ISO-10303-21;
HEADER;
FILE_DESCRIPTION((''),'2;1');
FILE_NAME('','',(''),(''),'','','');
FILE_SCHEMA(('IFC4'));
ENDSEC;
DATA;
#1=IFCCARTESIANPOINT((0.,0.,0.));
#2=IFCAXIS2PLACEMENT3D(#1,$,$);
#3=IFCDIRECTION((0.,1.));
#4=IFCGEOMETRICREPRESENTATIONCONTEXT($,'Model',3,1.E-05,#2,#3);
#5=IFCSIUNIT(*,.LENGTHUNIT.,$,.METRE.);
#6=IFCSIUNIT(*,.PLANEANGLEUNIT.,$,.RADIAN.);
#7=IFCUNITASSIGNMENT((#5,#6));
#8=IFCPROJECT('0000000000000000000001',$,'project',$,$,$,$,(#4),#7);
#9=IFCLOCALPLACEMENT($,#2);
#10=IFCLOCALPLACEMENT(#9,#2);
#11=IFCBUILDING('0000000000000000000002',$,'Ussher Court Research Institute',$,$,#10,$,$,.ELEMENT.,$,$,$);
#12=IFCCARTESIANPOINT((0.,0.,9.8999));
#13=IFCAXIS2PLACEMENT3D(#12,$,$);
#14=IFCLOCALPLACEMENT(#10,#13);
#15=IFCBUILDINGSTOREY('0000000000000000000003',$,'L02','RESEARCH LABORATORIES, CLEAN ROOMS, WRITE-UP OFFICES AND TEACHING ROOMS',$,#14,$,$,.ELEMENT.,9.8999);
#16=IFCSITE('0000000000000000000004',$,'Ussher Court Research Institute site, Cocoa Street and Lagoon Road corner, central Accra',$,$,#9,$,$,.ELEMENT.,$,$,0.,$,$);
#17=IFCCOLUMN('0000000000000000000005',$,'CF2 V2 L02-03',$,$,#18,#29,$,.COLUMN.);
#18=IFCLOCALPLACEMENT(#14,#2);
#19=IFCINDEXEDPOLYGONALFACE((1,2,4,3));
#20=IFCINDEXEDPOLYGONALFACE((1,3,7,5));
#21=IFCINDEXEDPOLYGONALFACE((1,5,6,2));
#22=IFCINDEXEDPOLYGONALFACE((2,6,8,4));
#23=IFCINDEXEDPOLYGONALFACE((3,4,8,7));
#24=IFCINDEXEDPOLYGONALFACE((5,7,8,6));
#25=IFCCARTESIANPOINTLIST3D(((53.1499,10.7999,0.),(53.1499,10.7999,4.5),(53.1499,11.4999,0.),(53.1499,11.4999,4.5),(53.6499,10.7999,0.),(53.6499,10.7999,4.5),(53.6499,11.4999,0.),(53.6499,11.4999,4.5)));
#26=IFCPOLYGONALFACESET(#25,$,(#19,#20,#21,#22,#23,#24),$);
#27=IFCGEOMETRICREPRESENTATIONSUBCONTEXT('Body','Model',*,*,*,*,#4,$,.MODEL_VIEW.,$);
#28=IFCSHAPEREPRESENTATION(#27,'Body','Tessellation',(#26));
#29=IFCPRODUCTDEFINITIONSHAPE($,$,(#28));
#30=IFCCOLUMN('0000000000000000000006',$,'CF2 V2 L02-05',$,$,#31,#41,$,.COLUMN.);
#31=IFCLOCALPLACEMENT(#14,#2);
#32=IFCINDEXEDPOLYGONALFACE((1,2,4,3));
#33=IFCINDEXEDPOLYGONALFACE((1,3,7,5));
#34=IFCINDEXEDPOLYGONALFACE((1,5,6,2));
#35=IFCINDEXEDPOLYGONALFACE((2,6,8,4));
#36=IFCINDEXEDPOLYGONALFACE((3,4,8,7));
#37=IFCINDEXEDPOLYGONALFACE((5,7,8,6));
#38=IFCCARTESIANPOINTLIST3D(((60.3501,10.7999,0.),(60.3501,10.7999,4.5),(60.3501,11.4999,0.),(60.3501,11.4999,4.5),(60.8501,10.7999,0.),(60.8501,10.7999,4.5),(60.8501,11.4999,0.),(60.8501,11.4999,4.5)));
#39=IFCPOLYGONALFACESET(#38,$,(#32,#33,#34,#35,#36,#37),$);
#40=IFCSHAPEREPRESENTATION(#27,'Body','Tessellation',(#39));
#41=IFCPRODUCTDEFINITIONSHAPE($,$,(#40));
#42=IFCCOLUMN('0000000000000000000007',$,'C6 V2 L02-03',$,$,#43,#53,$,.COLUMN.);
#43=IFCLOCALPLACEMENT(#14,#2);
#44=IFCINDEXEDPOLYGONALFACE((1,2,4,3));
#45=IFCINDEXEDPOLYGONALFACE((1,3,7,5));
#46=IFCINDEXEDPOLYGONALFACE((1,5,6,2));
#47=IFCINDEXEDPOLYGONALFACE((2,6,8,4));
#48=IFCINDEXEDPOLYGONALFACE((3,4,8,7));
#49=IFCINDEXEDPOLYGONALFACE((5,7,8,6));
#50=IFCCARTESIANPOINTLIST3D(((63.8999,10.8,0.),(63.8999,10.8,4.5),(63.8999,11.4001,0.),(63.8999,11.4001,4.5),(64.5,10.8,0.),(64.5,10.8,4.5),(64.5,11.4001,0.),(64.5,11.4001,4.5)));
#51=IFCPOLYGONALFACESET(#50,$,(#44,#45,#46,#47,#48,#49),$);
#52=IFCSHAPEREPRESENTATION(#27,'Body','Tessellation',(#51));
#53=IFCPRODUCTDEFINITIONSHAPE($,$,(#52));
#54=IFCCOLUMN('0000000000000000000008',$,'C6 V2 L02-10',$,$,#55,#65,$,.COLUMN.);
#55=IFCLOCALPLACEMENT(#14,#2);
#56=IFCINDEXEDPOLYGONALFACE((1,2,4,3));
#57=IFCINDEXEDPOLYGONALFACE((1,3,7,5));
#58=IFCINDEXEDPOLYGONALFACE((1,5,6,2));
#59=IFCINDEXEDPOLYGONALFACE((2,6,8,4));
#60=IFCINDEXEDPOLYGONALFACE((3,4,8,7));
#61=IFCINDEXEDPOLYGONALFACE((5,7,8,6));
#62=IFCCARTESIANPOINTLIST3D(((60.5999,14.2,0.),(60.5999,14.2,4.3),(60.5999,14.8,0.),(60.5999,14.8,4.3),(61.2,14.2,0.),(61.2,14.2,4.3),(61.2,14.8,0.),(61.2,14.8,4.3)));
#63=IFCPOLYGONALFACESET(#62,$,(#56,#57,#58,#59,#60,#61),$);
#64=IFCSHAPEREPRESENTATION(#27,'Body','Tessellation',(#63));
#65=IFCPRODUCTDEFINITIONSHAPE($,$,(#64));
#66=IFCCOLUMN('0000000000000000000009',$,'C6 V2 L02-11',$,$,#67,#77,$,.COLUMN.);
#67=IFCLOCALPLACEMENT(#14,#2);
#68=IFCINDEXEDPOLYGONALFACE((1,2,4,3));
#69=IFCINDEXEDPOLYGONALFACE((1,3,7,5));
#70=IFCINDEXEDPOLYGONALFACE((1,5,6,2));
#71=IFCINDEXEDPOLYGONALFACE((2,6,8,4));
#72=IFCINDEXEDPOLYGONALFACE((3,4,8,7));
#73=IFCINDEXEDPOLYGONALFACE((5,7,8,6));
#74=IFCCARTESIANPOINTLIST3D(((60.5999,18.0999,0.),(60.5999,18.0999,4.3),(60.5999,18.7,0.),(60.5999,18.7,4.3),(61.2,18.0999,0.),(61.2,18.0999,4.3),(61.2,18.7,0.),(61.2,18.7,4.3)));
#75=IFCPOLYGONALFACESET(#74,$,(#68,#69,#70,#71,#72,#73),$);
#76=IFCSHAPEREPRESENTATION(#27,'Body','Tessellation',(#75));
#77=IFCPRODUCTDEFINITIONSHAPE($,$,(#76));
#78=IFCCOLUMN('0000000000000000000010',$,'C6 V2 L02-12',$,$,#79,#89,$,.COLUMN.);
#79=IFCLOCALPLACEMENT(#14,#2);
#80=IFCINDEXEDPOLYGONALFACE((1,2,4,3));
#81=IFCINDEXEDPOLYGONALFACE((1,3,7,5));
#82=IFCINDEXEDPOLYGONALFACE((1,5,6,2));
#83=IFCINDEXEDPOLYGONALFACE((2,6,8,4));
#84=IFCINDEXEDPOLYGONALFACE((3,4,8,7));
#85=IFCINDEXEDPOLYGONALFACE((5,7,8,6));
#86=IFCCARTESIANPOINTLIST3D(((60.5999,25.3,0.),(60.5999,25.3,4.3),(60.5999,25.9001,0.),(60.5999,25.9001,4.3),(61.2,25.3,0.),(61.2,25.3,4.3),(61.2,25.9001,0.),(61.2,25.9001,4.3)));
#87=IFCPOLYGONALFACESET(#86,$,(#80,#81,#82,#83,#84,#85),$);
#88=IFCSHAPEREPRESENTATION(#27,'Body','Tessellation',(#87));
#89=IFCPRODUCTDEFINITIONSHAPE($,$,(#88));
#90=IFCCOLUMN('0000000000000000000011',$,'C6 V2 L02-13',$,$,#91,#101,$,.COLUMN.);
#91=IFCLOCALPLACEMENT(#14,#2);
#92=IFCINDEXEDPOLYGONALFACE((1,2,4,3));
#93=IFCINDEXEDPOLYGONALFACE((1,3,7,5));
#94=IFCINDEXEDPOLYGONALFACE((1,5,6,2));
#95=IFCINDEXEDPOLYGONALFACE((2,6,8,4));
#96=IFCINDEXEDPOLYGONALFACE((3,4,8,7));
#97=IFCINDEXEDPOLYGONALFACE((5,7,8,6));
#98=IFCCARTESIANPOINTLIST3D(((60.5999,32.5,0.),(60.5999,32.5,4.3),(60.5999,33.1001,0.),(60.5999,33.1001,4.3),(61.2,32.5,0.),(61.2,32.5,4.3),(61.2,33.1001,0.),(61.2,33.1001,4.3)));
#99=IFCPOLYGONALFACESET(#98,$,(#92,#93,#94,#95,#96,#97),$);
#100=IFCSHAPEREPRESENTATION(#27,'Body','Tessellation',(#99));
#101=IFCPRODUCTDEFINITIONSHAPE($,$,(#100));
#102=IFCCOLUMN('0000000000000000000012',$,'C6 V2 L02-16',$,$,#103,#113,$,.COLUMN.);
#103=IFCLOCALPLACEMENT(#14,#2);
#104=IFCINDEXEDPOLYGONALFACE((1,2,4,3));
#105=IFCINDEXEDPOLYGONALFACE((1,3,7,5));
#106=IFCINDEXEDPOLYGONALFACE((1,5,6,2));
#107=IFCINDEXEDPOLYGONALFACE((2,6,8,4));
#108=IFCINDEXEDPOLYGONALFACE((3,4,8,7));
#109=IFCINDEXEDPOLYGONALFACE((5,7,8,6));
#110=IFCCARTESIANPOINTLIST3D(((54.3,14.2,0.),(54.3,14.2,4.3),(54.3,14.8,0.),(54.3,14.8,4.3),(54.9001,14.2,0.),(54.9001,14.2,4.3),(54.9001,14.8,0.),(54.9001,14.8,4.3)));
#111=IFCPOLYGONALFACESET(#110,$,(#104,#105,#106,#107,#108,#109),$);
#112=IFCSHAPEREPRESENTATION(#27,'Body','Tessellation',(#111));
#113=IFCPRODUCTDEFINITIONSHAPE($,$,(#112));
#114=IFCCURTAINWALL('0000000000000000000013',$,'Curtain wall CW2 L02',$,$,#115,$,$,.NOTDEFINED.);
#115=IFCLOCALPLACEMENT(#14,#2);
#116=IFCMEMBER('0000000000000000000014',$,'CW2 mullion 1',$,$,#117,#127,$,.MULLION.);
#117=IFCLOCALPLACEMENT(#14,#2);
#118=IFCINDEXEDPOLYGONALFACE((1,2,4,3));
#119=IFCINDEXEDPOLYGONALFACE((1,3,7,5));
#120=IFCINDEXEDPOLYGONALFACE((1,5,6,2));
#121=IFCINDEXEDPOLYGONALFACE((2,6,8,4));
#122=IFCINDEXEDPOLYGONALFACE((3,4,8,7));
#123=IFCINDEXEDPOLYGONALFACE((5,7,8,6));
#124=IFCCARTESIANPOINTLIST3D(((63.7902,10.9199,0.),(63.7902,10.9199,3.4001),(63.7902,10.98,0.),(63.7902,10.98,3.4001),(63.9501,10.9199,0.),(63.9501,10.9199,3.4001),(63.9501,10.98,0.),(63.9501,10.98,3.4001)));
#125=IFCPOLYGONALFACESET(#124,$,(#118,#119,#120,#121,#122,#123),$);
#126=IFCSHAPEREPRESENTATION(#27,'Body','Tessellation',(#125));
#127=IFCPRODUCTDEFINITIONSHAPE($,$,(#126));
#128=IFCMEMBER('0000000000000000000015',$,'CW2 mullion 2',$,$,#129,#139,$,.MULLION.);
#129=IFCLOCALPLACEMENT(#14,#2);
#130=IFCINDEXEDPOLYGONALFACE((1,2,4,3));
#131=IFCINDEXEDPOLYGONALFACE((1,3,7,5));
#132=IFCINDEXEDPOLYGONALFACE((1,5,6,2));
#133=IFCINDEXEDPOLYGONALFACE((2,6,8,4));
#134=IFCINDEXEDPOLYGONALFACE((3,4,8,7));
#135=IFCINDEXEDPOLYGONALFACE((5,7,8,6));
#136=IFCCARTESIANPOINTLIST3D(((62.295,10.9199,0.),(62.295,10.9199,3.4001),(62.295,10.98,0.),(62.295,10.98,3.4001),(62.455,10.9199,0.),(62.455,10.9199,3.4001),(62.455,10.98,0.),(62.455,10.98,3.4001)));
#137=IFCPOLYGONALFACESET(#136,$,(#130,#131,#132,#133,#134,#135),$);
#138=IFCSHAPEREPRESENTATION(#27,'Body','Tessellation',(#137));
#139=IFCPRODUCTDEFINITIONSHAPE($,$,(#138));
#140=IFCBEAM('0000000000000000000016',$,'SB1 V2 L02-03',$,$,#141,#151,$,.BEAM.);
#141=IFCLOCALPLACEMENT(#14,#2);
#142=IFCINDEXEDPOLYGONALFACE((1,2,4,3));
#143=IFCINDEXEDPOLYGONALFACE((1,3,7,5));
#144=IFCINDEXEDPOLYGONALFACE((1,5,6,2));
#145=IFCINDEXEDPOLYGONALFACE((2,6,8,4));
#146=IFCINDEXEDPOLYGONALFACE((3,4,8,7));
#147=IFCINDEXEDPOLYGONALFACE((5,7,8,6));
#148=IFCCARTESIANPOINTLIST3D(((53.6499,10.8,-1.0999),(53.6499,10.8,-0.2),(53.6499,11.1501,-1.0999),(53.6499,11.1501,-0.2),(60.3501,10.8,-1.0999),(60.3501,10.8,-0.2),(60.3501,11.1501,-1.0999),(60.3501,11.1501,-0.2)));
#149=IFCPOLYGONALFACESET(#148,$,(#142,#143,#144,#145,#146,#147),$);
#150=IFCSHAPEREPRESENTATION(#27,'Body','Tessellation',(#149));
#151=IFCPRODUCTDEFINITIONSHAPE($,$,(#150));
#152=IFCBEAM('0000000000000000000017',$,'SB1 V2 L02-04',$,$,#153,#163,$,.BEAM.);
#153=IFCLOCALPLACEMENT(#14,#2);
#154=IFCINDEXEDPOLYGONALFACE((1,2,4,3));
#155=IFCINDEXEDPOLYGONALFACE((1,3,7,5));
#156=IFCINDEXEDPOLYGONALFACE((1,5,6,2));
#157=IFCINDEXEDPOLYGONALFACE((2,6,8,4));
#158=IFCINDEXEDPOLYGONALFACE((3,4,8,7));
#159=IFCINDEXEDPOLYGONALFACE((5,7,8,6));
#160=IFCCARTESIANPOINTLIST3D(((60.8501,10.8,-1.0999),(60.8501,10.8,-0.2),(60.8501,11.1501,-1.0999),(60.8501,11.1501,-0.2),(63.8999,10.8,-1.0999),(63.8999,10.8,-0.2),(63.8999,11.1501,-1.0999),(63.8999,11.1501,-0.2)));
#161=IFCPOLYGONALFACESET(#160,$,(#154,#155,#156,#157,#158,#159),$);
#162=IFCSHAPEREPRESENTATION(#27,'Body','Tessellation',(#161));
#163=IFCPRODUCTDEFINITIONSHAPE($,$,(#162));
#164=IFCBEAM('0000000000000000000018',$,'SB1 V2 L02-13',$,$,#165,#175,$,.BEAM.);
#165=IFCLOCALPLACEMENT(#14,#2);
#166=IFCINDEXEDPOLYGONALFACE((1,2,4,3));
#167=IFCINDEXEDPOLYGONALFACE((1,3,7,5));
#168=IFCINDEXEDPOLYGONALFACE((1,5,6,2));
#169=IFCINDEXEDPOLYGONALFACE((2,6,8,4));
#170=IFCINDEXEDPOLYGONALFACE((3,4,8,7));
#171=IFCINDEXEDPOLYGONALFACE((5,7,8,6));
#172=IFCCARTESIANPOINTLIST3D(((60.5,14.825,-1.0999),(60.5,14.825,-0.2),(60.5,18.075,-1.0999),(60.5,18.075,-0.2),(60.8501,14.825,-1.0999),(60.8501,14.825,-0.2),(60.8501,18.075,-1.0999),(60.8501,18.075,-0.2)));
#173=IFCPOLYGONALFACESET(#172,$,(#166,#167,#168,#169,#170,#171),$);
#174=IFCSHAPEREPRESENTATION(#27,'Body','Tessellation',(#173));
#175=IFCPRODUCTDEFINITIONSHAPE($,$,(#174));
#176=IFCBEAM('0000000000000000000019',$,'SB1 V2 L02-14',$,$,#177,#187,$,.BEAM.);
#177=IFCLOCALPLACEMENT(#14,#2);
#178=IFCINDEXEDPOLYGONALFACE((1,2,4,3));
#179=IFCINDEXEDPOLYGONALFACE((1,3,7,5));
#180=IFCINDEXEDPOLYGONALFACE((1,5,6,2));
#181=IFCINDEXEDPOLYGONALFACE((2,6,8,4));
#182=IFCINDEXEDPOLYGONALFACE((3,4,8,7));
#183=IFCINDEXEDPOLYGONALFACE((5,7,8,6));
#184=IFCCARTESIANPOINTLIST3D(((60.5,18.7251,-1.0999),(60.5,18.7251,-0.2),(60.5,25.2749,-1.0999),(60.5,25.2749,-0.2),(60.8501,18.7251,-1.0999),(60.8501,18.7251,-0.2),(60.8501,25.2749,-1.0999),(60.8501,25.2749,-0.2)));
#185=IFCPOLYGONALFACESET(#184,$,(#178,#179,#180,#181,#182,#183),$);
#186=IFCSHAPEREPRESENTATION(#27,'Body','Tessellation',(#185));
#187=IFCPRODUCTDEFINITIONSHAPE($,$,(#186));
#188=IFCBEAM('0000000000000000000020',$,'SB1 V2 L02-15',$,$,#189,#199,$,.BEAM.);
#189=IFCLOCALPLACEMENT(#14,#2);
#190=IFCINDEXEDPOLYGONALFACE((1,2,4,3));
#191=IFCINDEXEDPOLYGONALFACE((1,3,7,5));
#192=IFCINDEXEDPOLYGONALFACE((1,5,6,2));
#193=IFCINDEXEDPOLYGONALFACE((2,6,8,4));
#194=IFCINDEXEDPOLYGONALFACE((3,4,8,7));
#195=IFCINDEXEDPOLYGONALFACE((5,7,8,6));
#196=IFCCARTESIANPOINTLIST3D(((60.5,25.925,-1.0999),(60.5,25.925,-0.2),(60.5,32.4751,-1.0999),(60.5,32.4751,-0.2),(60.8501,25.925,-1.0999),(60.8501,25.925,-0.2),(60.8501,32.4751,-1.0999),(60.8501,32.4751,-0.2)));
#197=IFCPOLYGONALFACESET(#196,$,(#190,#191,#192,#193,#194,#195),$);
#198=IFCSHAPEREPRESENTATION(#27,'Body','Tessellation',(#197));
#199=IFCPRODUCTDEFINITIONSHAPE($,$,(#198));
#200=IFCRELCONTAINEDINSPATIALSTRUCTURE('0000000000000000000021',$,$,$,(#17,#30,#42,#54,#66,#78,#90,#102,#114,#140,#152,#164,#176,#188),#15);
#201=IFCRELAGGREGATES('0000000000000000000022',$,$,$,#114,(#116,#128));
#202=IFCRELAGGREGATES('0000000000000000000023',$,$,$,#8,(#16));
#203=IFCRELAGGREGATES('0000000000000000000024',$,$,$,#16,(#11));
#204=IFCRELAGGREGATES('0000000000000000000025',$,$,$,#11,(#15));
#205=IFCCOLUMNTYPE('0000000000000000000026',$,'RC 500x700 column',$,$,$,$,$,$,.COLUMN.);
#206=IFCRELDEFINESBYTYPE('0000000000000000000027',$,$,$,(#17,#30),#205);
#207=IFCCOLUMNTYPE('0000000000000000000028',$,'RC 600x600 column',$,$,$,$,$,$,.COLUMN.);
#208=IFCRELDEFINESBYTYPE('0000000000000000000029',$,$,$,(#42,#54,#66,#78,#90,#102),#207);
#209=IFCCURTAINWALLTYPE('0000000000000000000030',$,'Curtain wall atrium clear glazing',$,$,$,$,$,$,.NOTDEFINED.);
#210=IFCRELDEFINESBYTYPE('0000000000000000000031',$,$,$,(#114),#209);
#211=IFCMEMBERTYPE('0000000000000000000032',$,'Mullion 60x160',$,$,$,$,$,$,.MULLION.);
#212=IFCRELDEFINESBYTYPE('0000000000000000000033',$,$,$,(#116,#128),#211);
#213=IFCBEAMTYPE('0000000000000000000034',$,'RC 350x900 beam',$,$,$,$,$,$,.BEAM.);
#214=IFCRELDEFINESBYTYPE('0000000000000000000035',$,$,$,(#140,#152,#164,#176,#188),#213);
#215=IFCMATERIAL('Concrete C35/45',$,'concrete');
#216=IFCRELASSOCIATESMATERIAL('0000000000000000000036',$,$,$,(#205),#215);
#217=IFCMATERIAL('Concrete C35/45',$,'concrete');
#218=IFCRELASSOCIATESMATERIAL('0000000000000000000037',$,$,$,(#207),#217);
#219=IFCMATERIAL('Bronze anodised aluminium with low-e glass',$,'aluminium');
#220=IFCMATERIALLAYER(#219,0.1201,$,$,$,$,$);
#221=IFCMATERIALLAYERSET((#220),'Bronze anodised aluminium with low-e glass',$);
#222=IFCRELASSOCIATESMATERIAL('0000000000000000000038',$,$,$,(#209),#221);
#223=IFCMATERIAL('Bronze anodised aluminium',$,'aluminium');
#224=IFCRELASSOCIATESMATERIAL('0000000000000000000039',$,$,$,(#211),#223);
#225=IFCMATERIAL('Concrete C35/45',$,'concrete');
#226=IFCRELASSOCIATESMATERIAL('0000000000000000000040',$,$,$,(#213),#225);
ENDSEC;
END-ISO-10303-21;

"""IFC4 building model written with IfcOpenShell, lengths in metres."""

from ifc_helpers import new_model, si_unit, direction, frame, origin, origin_2d, place, context, subcontext, project, spatial, rectangle, extrude, material, layer, layer_set, material_profile, profile_set, type_object, element, aggregate, save


model = new_model("IFC4")

# Units and contexts
model_context = context("Model", 3, precision=1e-05, world=origin(), true_north=direction((0.0, 1.0)))
body_context = subcontext(model_context, "Body", "Model", "MODEL_VIEW")
ifc_project = project(units=[si_unit("LENGTHUNIT", "METRE"), si_unit("PLANEANGLEUNIT", "RADIAN")], contexts=[model_context])

# Site, building, storey
site_placement = place(None, origin())
site = spatial("IfcSite", under=ifc_project, at=site_placement, Name="Ussher Court Research Institute site, Cocoa Street and Lagoon Road corner, central Accra", CompositionType="ELEMENT", RefElevation=0.0)
building_placement = place(site_placement, origin())
building = spatial("IfcBuilding", under=site, at=building_placement, Name="Ussher Court Research Institute", CompositionType="ELEMENT")
storey_placement = place(building_placement, frame((0.0, 0.0, 9.8999)))
storey = spatial("IfcBuildingStorey", under=building, at=storey_placement, Name="L02", Description="RESEARCH LABORATORIES, CLEAN ROOMS, WRITE-UP OFFICES AND TEACHING ROOMS", CompositionType="ELEMENT", Elevation=9.8999)

# Columns
ifc_material_1 = material(Name="Concrete C35/45", Category="concrete")
ifc_material_profile_1 = material_profile(ifc_material_1, rectangle(XDim=0.5, YDim=0.7, at=origin_2d()), Name="RC 500x700")
ifc_profile_set_1 = profile_set([ifc_material_profile_1], Name="Concrete C35/45")
column_type_1 = type_object("IfcColumnType", Name="RC 500x700 column", PredefinedType="COLUMN", material=ifc_profile_set_1)
for number, where, z_axis, x_axis, name in (
    (1, (53.3999, 11.1499, 0.0), (0.0, 0.0, 1.0), (1.0, 0.0, 0.0), "CF2 V2 L02-03"),
    (2, (60.6001, 11.1499, 0.0), (0.0, 0.0, 1.0), (1.0, 0.0, 0.0), "CF2 V2 L02-05"),
):
    element("IfcColumn", number, at=place(storey_placement, frame(where, z_axis=z_axis, x_axis=x_axis)), inside=storey, type_object=column_type_1, Name=name, PredefinedType="COLUMN", context=body_context, shape_type="SweptSolid", body=[
        extrude(rectangle(XDim=0.5, YDim=0.7, at=origin_2d()), origin(), (0.0, 0.0, 1.0), 4.5),
    ])
ifc_material_2 = material(Name="Concrete C35/45", Category="concrete")
ifc_material_profile_2 = material_profile(ifc_material_2, rectangle(XDim=0.6001, YDim=0.6001, at=origin_2d()), Name="RC 600x600")
ifc_profile_set_2 = profile_set([ifc_material_profile_2], Name="Concrete C35/45")
column_type_2 = type_object("IfcColumnType", Name="RC 600x600 column", PredefinedType="COLUMN", material=ifc_profile_set_2)
column_placement = place(storey_placement, frame((64.2, 11.1001, 0.0), z_axis=(0.0, 0.0, 1.0), x_axis=(1.0, 0.0, 0.0)))
element("IfcColumn", 3, at=column_placement, inside=storey, type_object=column_type_2, Name="C6 V2 L02-03", PredefinedType="COLUMN", context=body_context, shape_type="SweptSolid", body=[
    extrude(rectangle(XDim=0.6001, YDim=0.6001, at=origin_2d()), origin(), (0.0, 0.0, 1.0), 4.5),
])
for number, where, z_axis, x_axis, name in (
    (4, (60.8999, 14.5, 0.0), (0.0, 0.0, 1.0), (1.0, 0.0, 0.0), "C6 V2 L02-10"),
    (5, (60.8999, 18.3999, 0.0), (0.0, 0.0, 1.0), (1.0, 0.0, 0.0), "C6 V2 L02-11"),
    (6, (60.8999, 25.6001, 0.0), (0.0, 0.0, 1.0), (1.0, 0.0, 0.0), "C6 V2 L02-12"),
    (7, (60.8999, 32.8, 0.0), (0.0, 0.0, 1.0), (1.0, 0.0, 0.0), "C6 V2 L02-13"),
    (8, (54.6001, 14.5, 0.0), (0.0, 0.0, 1.0), (1.0, 0.0, 0.0), "C6 V2 L02-16"),
):
    element("IfcColumn", number, at=place(storey_placement, frame(where, z_axis=z_axis, x_axis=x_axis)), inside=storey, type_object=column_type_2, Name=name, PredefinedType="COLUMN", context=body_context, shape_type="SweptSolid", body=[
        extrude(rectangle(XDim=0.6001, YDim=0.6001, at=origin_2d()), origin(), (0.0, 0.0, 1.0), 4.3),
    ])

# Curtain wall, members
ifc_material_3 = material(Name="Bronze anodised aluminium with low-e glass", Category="aluminium")
ifc_layer_1 = layer(ifc_material_3, 0.1201)
ifc_layer_set_1 = layer_set([ifc_layer_1], Name="Bronze anodised aluminium with low-e glass")
curtain_wall_type = type_object("IfcCurtainWallType", Name="Curtain wall atrium clear glazing", PredefinedType="NOTDEFINED", material=ifc_layer_set_1)
curtain_wall_placement = place(storey_placement, origin())
curtain_wall = element("IfcCurtainWall", 9, at=curtain_wall_placement, inside=storey, type_object=curtain_wall_type, Name="Curtain wall CW2 L02", PredefinedType="NOTDEFINED")
ifc_material_4 = material(Name="Bronze anodised aluminium", Category="aluminium")
ifc_material_profile_3 = material_profile(ifc_material_4, rectangle(XDim=0.0601, YDim=0.1599, at=origin_2d()), Name="Mullion 60x160")
ifc_profile_set_3 = profile_set([ifc_material_profile_3], Name="Bronze anodised aluminium")
member_type_1 = type_object("IfcMemberType", Name="Mullion 60x160", PredefinedType="MULLION", material=ifc_profile_set_3)
member_1_placement = place(storey_placement, frame((63.8701, 10.95, 0.0), z_axis=(0.0, 0.0, 1.0), x_axis=(0.0, -1.0, 0.0)))
member_1 = element("IfcMember", 10, at=member_1_placement, type_object=member_type_1, Name="CW2 mullion 1", PredefinedType="MULLION", context=body_context, shape_type="SweptSolid", body=[
    extrude(rectangle(XDim=0.0601, YDim=0.1599, at=origin_2d()), origin(), (0.0, 0.0, 1.0), 3.4001),
])
member_2_placement = place(storey_placement, frame((62.375, 10.95, 0.0), z_axis=(0.0, 0.0, 1.0), x_axis=(0.0, -1.0, 0.0)))
member_2 = element("IfcMember", 11, at=member_2_placement, type_object=member_type_1, Name="CW2 mullion 2", PredefinedType="MULLION", context=body_context, shape_type="SweptSolid", body=[
    extrude(rectangle(XDim=0.0601, YDim=0.1599, at=origin_2d()), origin(), (0.0, 0.0, 1.0), 3.4001),
])

# Beams
ifc_material_5 = material(Name="Concrete C35/45", Category="concrete")
ifc_material_profile_4 = material_profile(ifc_material_5, rectangle(XDim=0.3501, YDim=0.8999, at=origin_2d()), Name="RC 350x900")
ifc_profile_set_4 = profile_set([ifc_material_profile_4], Name="Concrete C35/45")
beam_type = type_object("IfcBeamType", Name="RC 350x900 beam", PredefinedType="BEAM", material=ifc_profile_set_4)
beam_1_placement = place(storey_placement, frame((53.6499, 10.9751, -0.6499), z_axis=(1.0, 0.0, 0.0), x_axis=(0.0, 1.0, 0.0)))
element("IfcBeam", 12, at=beam_1_placement, inside=storey, type_object=beam_type, Name="SB1 V2 L02-03", PredefinedType="BEAM", context=body_context, shape_type="SweptSolid", body=[
    extrude(rectangle(XDim=0.3501, YDim=0.8999, at=origin_2d()), origin(), (0.0, 0.0, 1.0), 6.7002),
])
beam_2_placement = place(storey_placement, frame((60.8501, 10.9751, -0.6499), z_axis=(1.0, 0.0, 0.0), x_axis=(0.0, 1.0, 0.0)))
element("IfcBeam", 13, at=beam_2_placement, inside=storey, type_object=beam_type, Name="SB1 V2 L02-04", PredefinedType="BEAM", context=body_context, shape_type="SweptSolid", body=[
    extrude(rectangle(XDim=0.3501, YDim=0.8999, at=origin_2d()), origin(), (0.0, 0.0, 1.0), 3.0498),
])
beam_3_placement = place(storey_placement, frame((60.675, 14.825, -0.6499), z_axis=(0.0, 1.0, 0.0), x_axis=(-1.0, 0.0, 0.0)))
element("IfcBeam", 14, at=beam_3_placement, inside=storey, type_object=beam_type, Name="SB1 V2 L02-13", PredefinedType="BEAM", context=body_context, shape_type="SweptSolid", body=[
    extrude(rectangle(XDim=0.3501, YDim=0.8999, at=origin_2d()), origin(), (0.0, 0.0, 1.0), 3.25),
])
beam_4_placement = place(storey_placement, frame((60.675, 18.7251, -0.6499), z_axis=(0.0, 1.0, 0.0), x_axis=(-1.0, 0.0, 0.0)))
element("IfcBeam", 15, at=beam_4_placement, inside=storey, type_object=beam_type, Name="SB1 V2 L02-14", PredefinedType="BEAM", context=body_context, shape_type="SweptSolid", body=[
    extrude(rectangle(XDim=0.3501, YDim=0.8999, at=origin_2d()), origin(), (0.0, 0.0, 1.0), 6.5498),
])
beam_5_placement = place(storey_placement, frame((60.675, 25.925, -0.6499), z_axis=(0.0, 1.0, 0.0), x_axis=(-1.0, 0.0, 0.0)))
element("IfcBeam", 16, at=beam_5_placement, inside=storey, type_object=beam_type, Name="SB1 V2 L02-15", PredefinedType="BEAM", context=body_context, shape_type="SweptSolid", body=[
    extrude(rectangle(XDim=0.3501, YDim=0.8999, at=origin_2d()), origin(), (0.0, 0.0, 1.0), 6.55),
])

aggregate(curtain_wall, [member_1, member_2])

save(model, "model.ifc")
